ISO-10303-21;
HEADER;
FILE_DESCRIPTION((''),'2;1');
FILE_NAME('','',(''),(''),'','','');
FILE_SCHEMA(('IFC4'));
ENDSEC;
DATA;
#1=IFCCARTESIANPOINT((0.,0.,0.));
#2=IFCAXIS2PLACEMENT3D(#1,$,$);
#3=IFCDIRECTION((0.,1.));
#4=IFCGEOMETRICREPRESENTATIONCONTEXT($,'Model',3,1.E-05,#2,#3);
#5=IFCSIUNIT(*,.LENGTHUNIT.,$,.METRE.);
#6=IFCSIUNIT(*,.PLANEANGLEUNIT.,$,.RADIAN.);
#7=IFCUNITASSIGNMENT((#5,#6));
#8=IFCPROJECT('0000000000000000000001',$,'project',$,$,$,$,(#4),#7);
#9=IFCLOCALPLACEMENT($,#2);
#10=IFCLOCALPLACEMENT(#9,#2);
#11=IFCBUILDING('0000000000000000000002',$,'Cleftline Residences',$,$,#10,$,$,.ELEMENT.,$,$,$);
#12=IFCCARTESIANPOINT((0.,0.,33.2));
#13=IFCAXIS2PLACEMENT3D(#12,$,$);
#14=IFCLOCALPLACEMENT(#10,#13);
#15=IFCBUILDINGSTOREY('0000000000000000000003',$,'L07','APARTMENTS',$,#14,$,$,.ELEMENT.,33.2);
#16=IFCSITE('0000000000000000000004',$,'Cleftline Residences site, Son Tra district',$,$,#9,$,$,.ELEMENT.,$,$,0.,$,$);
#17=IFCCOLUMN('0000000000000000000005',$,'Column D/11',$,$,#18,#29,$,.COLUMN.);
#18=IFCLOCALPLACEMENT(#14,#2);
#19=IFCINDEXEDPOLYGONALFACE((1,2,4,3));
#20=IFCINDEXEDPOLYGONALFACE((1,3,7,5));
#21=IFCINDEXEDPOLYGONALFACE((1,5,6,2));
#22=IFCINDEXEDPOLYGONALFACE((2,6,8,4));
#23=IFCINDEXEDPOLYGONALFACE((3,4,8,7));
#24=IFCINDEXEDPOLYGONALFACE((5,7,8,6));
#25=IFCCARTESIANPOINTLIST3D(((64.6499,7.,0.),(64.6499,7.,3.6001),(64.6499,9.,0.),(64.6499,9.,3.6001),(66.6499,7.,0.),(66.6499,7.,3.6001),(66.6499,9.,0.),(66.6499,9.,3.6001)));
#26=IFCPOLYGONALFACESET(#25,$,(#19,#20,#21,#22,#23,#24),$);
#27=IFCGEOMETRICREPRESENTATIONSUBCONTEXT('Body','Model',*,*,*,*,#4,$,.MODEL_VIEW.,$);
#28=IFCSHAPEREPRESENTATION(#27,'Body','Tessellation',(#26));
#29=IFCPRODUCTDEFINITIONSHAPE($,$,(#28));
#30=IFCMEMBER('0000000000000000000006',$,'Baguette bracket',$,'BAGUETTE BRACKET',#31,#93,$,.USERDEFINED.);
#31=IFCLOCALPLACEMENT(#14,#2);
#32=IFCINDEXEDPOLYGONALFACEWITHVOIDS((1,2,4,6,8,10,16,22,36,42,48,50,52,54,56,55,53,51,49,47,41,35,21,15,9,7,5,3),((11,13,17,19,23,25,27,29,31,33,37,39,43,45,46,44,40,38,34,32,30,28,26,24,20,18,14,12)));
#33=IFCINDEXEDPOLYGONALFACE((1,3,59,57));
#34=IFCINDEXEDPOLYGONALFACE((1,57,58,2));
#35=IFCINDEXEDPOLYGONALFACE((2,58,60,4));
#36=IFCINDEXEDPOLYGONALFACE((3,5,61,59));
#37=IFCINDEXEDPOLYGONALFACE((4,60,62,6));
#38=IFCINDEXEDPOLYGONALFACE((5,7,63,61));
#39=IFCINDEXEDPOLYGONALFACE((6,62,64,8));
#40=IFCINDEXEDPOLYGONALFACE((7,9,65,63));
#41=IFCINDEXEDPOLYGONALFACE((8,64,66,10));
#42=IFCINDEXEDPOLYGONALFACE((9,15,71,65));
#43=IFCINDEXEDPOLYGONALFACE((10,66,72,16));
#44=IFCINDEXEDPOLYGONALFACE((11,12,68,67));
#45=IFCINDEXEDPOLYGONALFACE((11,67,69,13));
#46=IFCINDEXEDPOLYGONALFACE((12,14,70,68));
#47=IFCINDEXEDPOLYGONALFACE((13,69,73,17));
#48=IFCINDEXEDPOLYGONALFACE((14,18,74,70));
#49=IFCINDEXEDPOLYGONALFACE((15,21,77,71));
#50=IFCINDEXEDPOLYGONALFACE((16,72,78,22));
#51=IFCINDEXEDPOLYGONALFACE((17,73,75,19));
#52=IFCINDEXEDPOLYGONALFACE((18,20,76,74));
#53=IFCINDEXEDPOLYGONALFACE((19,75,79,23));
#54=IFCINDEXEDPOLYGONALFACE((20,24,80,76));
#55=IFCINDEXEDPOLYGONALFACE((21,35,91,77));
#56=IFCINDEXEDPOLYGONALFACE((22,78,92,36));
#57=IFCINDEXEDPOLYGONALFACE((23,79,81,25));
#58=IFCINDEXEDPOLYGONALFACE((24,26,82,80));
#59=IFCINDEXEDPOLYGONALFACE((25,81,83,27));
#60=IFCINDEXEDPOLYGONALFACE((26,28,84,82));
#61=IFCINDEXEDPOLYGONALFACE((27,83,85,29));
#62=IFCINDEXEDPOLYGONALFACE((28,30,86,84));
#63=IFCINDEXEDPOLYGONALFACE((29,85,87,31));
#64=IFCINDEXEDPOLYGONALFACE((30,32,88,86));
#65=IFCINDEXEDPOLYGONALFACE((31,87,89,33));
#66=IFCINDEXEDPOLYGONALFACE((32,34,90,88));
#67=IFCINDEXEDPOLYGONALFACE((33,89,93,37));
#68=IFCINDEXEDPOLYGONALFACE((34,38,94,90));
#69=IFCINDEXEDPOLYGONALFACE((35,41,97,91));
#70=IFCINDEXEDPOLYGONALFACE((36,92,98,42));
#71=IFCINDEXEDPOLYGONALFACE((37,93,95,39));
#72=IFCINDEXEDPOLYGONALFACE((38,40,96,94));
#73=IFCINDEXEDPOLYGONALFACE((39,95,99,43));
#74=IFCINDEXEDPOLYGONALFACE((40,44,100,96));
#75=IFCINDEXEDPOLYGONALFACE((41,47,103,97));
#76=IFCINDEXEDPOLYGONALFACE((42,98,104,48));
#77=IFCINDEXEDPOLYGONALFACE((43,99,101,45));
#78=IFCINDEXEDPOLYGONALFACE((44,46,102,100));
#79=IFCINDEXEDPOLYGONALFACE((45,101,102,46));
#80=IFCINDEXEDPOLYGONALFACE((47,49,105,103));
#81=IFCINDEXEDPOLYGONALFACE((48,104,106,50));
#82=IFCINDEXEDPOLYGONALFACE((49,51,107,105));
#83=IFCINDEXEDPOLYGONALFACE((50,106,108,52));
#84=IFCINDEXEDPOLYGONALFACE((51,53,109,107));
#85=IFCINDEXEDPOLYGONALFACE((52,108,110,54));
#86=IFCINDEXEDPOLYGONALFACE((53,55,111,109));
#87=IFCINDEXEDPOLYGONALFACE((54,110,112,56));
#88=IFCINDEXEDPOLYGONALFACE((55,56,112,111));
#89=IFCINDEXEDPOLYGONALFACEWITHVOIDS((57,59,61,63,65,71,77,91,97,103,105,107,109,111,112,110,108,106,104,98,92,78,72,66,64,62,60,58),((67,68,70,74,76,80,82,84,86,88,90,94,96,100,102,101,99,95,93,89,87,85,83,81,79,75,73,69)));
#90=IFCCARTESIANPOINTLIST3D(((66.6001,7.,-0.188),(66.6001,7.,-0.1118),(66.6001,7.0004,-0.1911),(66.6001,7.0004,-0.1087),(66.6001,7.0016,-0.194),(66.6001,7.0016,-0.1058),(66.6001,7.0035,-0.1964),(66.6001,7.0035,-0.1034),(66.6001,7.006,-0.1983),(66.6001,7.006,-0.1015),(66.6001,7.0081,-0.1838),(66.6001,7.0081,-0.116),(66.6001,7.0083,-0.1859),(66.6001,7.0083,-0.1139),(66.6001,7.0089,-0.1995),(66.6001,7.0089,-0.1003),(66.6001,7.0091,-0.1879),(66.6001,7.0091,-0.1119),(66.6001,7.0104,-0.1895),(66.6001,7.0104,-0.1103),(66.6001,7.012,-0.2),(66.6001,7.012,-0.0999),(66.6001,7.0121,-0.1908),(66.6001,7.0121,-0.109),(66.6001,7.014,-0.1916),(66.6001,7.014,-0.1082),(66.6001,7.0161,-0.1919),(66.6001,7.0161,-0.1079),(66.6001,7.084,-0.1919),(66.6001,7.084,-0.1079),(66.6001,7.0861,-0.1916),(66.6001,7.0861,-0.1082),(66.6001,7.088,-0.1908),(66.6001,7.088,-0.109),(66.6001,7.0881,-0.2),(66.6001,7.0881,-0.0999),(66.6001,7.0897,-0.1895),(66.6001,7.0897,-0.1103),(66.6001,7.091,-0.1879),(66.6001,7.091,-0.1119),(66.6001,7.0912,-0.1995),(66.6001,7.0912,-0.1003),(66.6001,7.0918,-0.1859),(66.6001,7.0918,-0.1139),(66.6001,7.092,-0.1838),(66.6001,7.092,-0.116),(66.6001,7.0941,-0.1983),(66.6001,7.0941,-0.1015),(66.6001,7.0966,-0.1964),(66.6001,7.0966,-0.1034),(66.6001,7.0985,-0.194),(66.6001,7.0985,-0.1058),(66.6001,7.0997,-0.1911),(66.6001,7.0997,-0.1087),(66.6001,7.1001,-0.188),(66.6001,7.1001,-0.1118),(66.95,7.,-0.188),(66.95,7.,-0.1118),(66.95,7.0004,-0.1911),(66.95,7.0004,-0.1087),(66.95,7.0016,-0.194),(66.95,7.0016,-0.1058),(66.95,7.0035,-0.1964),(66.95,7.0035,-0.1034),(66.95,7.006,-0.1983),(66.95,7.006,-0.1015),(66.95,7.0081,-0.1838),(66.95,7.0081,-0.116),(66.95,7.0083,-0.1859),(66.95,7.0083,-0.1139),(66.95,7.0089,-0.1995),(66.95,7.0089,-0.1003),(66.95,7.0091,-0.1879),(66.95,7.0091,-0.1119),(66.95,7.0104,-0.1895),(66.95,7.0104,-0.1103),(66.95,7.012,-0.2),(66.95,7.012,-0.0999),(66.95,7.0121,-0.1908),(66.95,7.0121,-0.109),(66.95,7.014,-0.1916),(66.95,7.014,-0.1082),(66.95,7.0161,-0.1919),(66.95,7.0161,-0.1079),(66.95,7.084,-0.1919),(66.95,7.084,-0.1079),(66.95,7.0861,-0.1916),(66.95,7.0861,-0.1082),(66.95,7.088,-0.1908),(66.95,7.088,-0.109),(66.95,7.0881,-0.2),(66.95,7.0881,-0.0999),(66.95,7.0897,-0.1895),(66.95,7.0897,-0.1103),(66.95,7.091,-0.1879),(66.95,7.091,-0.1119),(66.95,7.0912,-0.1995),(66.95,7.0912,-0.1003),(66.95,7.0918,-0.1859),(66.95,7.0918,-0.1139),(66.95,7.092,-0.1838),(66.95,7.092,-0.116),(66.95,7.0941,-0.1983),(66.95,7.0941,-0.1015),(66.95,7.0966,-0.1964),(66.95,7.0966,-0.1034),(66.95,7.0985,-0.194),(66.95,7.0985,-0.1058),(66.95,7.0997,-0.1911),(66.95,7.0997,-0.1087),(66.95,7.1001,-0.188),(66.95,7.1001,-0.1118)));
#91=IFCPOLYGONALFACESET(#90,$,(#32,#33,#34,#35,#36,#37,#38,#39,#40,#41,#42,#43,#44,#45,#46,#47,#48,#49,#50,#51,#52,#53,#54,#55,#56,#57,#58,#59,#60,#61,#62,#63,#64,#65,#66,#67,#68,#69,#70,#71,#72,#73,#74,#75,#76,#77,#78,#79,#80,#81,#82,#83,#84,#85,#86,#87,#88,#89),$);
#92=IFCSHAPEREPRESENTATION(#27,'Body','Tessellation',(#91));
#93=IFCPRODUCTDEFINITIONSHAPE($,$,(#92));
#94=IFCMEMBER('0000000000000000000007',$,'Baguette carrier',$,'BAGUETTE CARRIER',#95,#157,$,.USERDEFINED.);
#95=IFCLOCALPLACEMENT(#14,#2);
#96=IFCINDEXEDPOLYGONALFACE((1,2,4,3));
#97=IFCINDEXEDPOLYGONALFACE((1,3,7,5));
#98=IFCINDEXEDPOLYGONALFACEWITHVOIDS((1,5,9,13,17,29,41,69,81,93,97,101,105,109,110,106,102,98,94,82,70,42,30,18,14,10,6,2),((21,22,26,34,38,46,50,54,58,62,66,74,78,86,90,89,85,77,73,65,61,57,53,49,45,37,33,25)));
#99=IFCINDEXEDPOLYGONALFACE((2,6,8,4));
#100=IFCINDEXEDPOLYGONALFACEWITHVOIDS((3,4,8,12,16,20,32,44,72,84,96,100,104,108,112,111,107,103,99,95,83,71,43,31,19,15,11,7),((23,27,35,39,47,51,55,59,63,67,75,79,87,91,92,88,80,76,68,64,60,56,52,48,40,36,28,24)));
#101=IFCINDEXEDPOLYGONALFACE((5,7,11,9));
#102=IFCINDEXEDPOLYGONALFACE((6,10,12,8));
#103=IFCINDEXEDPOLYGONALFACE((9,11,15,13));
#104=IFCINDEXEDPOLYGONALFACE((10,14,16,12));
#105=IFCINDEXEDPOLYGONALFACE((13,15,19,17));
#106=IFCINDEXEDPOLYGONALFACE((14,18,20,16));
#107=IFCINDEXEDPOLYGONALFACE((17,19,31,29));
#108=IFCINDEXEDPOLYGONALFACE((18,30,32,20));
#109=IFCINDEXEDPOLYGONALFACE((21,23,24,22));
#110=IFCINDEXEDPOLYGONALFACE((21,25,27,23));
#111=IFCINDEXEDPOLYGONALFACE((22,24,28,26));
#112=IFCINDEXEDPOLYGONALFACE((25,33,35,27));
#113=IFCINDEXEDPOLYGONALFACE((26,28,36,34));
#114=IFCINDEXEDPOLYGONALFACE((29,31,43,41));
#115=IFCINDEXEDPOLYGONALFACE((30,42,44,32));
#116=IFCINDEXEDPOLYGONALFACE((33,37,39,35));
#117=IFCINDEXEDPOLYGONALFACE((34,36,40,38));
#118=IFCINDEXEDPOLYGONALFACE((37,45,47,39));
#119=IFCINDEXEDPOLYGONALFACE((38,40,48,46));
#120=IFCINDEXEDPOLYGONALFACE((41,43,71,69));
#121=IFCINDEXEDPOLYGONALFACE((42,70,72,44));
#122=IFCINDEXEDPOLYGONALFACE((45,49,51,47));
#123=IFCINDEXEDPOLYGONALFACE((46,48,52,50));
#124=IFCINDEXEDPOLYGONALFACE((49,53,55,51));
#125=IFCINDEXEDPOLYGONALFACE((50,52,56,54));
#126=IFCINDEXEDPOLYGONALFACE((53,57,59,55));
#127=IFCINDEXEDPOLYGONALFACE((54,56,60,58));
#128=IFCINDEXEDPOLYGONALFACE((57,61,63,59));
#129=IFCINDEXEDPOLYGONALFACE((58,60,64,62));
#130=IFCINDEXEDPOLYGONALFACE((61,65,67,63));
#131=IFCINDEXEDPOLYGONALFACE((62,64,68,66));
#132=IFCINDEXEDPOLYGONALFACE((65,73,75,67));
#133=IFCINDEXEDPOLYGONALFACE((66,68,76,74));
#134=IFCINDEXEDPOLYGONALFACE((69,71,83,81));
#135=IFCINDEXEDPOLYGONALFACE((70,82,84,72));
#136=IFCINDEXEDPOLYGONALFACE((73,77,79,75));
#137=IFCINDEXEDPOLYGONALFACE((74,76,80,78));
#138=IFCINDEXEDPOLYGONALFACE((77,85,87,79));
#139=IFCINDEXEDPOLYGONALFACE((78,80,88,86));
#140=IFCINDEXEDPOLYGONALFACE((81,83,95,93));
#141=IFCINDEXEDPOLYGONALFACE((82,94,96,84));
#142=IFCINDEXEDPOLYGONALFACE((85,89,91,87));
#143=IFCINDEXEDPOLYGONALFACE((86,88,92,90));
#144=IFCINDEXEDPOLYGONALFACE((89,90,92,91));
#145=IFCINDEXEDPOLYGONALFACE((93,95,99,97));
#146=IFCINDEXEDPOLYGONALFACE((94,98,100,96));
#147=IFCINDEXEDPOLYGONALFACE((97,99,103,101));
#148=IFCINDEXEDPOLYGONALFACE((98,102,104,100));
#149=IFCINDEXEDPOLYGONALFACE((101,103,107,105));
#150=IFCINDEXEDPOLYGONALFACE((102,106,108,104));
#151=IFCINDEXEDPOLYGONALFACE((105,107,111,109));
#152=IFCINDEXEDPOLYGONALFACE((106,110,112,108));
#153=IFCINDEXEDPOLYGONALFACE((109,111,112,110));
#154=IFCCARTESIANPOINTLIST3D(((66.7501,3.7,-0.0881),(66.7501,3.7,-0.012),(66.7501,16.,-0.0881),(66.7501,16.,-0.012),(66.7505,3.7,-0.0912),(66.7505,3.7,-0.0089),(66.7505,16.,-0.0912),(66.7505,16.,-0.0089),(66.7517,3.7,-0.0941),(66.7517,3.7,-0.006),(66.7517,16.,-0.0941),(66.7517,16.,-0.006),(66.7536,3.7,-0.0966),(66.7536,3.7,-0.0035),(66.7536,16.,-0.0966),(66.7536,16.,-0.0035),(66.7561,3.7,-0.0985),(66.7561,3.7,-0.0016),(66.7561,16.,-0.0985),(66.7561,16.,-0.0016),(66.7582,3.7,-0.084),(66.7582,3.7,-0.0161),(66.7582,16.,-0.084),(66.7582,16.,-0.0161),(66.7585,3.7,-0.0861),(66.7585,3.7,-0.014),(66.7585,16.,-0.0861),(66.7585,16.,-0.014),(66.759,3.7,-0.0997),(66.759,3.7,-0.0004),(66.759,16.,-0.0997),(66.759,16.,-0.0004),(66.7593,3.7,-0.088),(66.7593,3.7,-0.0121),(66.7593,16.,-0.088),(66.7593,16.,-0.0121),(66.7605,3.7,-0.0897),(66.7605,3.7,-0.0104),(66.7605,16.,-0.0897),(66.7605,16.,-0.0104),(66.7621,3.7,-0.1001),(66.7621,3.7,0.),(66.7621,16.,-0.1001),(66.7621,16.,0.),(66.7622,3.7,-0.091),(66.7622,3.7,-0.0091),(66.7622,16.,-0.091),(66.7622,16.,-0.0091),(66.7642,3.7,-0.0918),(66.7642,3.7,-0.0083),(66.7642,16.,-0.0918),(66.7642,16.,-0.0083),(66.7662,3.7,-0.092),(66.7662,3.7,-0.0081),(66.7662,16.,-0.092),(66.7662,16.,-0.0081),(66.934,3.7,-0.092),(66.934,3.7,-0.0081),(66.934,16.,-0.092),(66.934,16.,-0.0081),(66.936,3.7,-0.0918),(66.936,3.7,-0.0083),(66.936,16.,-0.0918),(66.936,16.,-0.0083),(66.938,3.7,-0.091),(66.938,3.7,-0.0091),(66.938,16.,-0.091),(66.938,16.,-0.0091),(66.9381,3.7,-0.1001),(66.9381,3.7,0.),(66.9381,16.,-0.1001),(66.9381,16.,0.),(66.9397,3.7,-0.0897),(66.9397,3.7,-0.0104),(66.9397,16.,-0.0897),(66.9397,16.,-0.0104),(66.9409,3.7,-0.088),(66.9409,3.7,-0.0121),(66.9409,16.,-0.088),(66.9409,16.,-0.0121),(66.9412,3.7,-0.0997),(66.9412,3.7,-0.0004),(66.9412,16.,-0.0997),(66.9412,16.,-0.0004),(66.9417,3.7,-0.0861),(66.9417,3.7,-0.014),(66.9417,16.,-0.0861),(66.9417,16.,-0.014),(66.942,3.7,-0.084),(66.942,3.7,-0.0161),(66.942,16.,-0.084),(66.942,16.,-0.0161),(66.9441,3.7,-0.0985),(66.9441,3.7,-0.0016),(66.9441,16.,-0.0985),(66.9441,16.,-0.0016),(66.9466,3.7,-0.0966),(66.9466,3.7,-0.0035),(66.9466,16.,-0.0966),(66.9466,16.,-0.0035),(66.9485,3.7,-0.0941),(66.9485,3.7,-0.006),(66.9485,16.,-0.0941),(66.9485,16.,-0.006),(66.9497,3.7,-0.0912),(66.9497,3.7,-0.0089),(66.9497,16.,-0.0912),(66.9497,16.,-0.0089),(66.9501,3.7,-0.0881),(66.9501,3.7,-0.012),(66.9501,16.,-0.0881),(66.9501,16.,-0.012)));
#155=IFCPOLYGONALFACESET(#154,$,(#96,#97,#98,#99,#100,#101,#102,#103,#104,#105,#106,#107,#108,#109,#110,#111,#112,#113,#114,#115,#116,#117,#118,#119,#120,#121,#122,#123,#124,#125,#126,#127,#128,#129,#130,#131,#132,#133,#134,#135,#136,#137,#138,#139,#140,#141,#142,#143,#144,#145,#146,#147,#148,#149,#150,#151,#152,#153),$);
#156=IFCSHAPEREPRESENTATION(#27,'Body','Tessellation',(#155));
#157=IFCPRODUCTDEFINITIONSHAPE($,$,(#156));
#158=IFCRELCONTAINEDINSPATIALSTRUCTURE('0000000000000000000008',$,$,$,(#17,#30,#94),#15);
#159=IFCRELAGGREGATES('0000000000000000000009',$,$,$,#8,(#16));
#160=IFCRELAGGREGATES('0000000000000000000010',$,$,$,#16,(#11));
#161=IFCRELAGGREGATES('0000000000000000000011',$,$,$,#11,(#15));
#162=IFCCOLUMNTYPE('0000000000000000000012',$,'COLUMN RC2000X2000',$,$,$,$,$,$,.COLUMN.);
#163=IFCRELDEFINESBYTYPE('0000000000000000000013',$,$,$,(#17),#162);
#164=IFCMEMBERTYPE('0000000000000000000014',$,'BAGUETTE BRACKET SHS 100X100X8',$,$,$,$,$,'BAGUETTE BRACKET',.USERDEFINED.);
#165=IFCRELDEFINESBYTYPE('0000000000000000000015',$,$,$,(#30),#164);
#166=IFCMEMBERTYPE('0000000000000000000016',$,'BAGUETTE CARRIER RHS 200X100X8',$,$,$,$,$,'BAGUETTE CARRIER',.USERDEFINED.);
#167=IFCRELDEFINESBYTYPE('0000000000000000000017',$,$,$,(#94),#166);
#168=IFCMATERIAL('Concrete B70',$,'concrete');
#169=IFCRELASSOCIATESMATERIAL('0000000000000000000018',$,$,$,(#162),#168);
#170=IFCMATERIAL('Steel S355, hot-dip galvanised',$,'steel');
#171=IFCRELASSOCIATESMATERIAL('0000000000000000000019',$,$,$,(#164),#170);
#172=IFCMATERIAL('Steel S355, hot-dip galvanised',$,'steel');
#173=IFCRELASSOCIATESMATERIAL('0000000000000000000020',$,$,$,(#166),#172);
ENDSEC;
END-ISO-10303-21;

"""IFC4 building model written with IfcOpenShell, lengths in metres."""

from ifc_helpers import new_model, si_unit, direction, frame, origin, origin_2d, place, context, subcontext, project, spatial, rectangle, hollow_rectangle, extrude, material, material_profile, profile_set, type_object, element, save


model = new_model("IFC4")

# Units and contexts
model_context = context("Model", 3, precision=1e-05, world=origin(), true_north=direction((0.0, 1.0)))
body_context = subcontext(model_context, "Body", "Model", "MODEL_VIEW")
ifc_project = project(units=[si_unit("LENGTHUNIT", "METRE"), si_unit("PLANEANGLEUNIT", "RADIAN")], contexts=[model_context])

# Site, building, storey
site_placement = place(None, origin())
site = spatial("IfcSite", under=ifc_project, at=site_placement, Name="Cleftline Residences site, Son Tra district", CompositionType="ELEMENT", RefElevation=0.0)
building_placement = place(site_placement, origin())
building = spatial("IfcBuilding", under=site, at=building_placement, Name="Cleftline Residences", CompositionType="ELEMENT")
storey_placement = place(building_placement, frame((0.0, 0.0, 33.2)))
storey = spatial("IfcBuildingStorey", under=building, at=storey_placement, Name="L07", Description="APARTMENTS", CompositionType="ELEMENT", Elevation=33.2)

# Column
ifc_material_1 = material(Name="Concrete B70", Category="concrete")
ifc_material_profile_1 = material_profile(ifc_material_1, rectangle(XDim=2.0, YDim=2.0, at=origin_2d()))
ifc_profile_set_1 = profile_set([ifc_material_profile_1], Name="Concrete B70")
column_type = type_object("IfcColumnType", Name="COLUMN RC2000X2000", PredefinedType="COLUMN", material=ifc_profile_set_1)
column_placement = place(storey_placement, frame((65.6499, 8.0, 0.0), z_axis=(0.0, 0.0, 1.0), x_axis=(1.0, 0.0, 0.0)))
element("IfcColumn", 1, at=column_placement, inside=storey, type_object=column_type, Name="Column D/11", PredefinedType="COLUMN", context=body_context, shape_type="SweptSolid", body=[
    extrude(rectangle(XDim=2.0, YDim=2.0, at=origin_2d()), origin(), (0.0, 0.0, 1.0), 3.6001),
])

# Members
ifc_material_2 = material(Name="Steel S355, hot-dip galvanised", Category="steel")
ifc_material_profile_2 = material_profile(ifc_material_2, hollow_rectangle(XDim=0.1001, YDim=0.1001, WallThickness=0.0081, InnerFilletRadius=0.0081, OuterFilletRadius=0.012, at=origin_2d()))
ifc_profile_set_2 = profile_set([ifc_material_profile_2], Name="Steel S355, hot-dip galvanised")
member_type_1 = type_object("IfcMemberType", Name="BAGUETTE BRACKET SHS 100X100X8", ElementType="BAGUETTE BRACKET", PredefinedType="USERDEFINED", material=ifc_profile_set_2)
member_1_placement = place(storey_placement, frame((66.6001, 7.05, -0.1499), z_axis=(1.0, 0.0, 0.0), x_axis=(0.0, 1.0, 0.0)))
element("IfcMember", 2, at=member_1_placement, inside=storey, type_object=member_type_1, Name="Baguette bracket", ObjectType="BAGUETTE BRACKET", PredefinedType="USERDEFINED", context=body_context, shape_type="SweptSolid", body=[
    extrude(hollow_rectangle(XDim=0.1001, YDim=0.1001, WallThickness=0.0081, InnerFilletRadius=0.0081, OuterFilletRadius=0.012, at=origin_2d()), origin(), (0.0, 0.0, 1.0), 0.3499),
])
ifc_material_3 = material(Name="Steel S355, hot-dip galvanised", Category="steel")
ifc_material_profile_3 = material_profile(ifc_material_3, hollow_rectangle(XDim=0.1001, YDim=0.2, WallThickness=0.0081, InnerFilletRadius=0.0081, OuterFilletRadius=0.012, at=origin_2d()))
ifc_profile_set_3 = profile_set([ifc_material_profile_3], Name="Steel S355, hot-dip galvanised")
member_type_2 = type_object("IfcMemberType", Name="BAGUETTE CARRIER RHS 200X100X8", ElementType="BAGUETTE CARRIER", PredefinedType="USERDEFINED", material=ifc_profile_set_3)
member_2_placement = place(storey_placement, frame((66.8501, 3.7, -0.05), z_axis=(0.0, 1.0, 0.0), x_axis=(0.0, 0.0, 1.0)))
element("IfcMember", 3, at=member_2_placement, inside=storey, type_object=member_type_2, Name="Baguette carrier", ObjectType="BAGUETTE CARRIER", PredefinedType="USERDEFINED", context=body_context, shape_type="SweptSolid", body=[
    extrude(hollow_rectangle(XDim=0.1001, YDim=0.2, WallThickness=0.0081, InnerFilletRadius=0.0081, OuterFilletRadius=0.012, at=origin_2d()), origin(), (0.0, 0.0, 1.0), 12.3),
])

save(model, "model.ifc")
